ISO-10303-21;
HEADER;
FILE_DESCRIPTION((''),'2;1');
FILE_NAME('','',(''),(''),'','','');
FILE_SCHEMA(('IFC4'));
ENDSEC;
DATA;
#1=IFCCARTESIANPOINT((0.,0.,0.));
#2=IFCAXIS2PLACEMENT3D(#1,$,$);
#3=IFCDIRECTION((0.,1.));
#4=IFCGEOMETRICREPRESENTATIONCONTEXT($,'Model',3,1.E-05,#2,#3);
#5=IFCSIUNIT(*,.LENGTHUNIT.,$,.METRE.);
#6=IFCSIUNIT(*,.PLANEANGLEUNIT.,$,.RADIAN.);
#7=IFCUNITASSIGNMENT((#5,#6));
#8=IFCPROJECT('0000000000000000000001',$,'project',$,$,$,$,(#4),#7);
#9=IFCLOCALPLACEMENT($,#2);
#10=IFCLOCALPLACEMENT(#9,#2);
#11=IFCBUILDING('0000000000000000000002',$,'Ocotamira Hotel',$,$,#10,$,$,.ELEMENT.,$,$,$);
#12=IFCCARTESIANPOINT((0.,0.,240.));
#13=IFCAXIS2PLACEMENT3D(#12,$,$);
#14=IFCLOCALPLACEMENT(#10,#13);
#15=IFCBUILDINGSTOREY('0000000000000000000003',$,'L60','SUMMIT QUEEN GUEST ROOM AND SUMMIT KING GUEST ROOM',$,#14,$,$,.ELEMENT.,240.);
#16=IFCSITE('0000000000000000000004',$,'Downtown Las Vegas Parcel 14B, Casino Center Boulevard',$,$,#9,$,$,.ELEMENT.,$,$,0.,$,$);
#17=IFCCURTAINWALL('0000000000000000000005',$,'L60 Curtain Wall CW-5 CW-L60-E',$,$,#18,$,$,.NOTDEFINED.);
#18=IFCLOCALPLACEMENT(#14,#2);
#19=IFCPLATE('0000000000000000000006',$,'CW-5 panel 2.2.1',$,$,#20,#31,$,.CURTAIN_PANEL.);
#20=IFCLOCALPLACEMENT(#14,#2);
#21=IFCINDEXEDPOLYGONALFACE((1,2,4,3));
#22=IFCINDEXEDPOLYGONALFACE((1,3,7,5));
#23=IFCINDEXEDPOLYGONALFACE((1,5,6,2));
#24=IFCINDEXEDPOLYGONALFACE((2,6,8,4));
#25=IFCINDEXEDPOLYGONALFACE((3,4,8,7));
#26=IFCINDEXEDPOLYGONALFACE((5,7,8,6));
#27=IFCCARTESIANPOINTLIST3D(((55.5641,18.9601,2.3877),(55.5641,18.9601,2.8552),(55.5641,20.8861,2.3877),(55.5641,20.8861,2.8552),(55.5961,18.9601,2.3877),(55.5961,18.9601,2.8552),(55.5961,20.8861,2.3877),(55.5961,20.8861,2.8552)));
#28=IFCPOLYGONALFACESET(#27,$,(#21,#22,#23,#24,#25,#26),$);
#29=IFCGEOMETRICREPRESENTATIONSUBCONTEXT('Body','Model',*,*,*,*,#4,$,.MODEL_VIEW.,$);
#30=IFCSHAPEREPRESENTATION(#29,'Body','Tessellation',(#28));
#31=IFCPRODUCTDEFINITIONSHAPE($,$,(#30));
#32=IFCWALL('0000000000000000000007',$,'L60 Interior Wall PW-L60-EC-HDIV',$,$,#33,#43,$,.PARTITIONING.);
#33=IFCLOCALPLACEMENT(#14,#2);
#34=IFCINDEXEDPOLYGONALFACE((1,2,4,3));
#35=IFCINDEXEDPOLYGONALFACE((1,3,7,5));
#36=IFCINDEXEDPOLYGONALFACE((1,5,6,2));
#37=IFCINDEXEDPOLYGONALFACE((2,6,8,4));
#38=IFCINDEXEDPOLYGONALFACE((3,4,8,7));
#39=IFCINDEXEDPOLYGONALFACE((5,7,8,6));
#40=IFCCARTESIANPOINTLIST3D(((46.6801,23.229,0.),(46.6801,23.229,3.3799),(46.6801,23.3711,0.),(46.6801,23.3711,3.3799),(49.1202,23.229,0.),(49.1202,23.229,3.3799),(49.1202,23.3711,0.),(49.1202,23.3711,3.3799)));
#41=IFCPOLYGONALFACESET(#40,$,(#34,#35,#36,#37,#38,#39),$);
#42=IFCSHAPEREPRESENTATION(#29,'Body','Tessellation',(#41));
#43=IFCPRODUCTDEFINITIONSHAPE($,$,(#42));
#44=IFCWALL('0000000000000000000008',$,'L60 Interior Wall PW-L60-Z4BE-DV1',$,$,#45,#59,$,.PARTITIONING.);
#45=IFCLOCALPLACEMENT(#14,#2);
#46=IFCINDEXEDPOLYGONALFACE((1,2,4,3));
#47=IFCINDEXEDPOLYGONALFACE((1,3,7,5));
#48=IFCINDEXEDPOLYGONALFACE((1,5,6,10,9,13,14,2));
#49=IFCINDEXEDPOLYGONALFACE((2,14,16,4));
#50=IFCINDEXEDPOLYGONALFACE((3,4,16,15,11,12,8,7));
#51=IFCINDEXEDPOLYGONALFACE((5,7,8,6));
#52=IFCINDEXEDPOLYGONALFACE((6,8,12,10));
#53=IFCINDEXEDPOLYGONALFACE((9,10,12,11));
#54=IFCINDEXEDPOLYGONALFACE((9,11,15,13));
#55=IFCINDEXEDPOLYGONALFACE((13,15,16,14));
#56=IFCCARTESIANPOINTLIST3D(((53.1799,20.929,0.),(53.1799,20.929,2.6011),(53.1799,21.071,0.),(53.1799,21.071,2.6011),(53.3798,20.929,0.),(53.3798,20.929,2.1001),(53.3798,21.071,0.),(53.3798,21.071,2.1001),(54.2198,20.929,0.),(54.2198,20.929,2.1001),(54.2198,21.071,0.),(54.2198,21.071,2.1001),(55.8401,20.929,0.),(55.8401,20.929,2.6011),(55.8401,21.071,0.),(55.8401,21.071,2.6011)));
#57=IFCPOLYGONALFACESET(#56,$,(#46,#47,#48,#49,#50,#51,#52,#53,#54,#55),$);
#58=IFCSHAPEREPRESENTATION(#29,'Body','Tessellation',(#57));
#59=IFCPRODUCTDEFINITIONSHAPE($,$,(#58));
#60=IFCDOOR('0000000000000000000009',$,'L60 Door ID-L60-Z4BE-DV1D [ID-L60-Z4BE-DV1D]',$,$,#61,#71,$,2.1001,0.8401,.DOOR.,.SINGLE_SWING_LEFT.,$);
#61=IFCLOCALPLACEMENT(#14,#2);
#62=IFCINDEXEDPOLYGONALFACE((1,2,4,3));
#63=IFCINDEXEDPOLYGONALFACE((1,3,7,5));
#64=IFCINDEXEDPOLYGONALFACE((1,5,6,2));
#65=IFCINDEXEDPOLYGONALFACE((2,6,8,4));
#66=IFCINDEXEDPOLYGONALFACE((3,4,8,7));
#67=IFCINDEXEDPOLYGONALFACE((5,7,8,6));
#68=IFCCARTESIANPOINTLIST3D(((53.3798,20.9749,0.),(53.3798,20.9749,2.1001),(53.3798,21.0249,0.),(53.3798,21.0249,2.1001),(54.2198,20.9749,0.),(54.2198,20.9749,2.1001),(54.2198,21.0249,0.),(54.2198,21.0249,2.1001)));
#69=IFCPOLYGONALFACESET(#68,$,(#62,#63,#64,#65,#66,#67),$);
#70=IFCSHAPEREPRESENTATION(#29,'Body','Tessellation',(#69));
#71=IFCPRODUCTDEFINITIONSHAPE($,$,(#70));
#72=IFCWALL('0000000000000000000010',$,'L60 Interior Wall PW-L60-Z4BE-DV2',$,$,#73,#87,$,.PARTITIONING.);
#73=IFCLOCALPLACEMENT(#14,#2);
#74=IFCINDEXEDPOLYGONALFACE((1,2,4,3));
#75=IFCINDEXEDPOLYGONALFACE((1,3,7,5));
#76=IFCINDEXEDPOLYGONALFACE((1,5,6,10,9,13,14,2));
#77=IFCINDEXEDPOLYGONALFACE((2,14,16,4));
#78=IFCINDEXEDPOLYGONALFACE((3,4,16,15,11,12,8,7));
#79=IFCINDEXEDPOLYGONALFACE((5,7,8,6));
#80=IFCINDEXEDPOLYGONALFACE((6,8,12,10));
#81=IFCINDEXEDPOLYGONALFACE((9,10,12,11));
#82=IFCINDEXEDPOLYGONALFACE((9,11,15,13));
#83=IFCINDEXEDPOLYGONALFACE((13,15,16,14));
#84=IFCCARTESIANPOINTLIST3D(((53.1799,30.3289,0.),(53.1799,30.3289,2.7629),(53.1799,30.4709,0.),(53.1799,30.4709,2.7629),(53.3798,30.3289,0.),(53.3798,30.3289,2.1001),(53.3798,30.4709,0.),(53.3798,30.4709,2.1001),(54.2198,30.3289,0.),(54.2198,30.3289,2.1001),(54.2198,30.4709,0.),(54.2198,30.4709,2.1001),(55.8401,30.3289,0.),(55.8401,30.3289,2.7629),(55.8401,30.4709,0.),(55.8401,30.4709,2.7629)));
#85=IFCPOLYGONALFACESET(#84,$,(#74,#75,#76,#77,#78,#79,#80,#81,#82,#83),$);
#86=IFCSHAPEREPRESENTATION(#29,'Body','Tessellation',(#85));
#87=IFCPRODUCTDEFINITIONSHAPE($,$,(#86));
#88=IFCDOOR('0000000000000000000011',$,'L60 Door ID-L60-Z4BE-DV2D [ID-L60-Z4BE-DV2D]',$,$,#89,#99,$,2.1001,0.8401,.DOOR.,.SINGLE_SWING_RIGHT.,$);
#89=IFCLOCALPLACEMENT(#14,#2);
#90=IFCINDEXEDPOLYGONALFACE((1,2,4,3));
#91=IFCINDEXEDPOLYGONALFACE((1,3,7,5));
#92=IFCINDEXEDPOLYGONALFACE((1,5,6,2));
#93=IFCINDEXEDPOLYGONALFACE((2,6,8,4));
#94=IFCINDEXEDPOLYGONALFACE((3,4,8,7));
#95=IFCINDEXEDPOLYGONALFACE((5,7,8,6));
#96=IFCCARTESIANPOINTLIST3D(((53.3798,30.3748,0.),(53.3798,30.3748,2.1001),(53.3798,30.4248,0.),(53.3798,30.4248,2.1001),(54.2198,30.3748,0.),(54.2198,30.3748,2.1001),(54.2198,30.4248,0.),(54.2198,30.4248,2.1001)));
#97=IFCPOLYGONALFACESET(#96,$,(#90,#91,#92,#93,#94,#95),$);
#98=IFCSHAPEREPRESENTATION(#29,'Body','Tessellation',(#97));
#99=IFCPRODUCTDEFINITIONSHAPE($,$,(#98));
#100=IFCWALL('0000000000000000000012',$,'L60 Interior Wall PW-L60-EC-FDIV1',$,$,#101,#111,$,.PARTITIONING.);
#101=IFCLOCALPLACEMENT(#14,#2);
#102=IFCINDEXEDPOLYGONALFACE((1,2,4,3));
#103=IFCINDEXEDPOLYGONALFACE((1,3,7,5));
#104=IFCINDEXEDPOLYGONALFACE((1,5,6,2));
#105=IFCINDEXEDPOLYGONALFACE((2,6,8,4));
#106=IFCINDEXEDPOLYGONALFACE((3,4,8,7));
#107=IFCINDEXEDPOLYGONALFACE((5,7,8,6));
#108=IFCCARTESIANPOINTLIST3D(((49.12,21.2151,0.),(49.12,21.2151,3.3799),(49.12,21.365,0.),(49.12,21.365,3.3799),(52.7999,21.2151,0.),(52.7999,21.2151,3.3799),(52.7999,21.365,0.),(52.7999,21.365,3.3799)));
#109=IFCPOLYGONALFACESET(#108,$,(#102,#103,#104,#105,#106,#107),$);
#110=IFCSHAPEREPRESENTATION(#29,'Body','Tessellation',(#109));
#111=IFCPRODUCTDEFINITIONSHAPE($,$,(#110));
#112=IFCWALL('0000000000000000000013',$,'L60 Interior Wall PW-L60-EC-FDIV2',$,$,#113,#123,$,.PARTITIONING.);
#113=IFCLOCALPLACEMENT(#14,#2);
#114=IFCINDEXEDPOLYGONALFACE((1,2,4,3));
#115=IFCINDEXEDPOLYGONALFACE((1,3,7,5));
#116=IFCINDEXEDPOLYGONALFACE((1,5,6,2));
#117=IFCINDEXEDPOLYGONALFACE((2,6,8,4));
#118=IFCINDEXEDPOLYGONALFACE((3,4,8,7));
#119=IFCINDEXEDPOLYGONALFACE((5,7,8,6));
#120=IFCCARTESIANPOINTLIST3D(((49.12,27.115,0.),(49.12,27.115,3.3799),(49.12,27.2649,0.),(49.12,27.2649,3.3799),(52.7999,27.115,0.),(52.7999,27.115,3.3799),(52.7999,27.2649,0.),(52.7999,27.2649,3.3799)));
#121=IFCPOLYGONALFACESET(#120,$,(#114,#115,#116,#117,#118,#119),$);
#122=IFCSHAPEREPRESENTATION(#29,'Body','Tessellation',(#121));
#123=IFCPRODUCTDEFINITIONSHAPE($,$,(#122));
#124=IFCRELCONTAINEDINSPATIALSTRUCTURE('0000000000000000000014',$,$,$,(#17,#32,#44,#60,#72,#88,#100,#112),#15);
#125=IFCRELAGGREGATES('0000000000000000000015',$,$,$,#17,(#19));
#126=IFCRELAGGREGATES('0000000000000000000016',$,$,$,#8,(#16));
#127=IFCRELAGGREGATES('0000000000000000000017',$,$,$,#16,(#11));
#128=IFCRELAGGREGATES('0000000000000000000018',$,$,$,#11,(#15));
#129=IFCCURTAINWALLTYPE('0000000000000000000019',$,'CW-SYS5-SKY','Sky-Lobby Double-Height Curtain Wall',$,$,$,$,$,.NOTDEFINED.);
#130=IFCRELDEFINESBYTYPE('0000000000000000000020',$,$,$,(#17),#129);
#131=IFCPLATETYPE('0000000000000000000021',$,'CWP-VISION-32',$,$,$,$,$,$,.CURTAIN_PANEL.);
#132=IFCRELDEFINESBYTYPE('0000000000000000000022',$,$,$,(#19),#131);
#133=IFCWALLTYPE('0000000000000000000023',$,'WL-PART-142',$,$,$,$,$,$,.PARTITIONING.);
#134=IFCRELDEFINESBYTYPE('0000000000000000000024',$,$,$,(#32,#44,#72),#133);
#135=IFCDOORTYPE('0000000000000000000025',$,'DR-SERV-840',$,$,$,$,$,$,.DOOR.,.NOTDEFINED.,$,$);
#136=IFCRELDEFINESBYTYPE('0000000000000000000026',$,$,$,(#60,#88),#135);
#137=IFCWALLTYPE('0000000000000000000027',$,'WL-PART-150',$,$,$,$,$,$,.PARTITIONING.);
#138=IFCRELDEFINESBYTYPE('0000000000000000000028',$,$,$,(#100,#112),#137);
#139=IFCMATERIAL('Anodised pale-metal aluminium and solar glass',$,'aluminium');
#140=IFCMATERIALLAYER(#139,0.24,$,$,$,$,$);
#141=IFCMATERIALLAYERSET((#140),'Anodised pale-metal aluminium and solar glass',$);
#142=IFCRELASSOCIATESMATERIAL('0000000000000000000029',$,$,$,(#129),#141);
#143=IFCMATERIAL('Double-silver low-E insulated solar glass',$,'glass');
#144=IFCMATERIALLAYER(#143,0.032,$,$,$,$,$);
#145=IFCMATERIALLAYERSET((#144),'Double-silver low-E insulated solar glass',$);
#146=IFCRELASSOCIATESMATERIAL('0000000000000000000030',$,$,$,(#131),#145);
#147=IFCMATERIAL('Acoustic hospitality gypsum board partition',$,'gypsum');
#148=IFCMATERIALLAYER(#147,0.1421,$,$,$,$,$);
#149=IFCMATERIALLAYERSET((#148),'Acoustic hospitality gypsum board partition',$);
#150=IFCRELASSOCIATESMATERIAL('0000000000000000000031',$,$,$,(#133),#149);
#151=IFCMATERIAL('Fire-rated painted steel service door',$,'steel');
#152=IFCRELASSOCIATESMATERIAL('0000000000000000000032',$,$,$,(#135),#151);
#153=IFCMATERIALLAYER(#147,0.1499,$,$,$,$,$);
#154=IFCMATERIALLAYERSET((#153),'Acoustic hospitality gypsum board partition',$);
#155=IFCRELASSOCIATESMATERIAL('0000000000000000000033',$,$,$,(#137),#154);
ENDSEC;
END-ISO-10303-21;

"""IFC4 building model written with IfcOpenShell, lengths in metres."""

from ifc_helpers import new_model, si_unit, direction, frame, frame_2d, origin, origin_2d, place, context, subcontext, project, spatial, rectangle, extrude, source, transform, mapped, material, layer, layer_set, type_object, element, fill, aggregate, save


model = new_model("IFC4")

# Units and contexts
model_context = context("Model", 3, precision=1e-05, world=origin(), true_north=direction((0.0, 1.0)))
body_context = subcontext(model_context, "Body", "Model", "MODEL_VIEW")
ifc_project = project(units=[si_unit("LENGTHUNIT", "METRE"), si_unit("PLANEANGLEUNIT", "RADIAN")], contexts=[model_context])

# Site, building, storey
site_placement = place(None, origin())
site = spatial("IfcSite", under=ifc_project, at=site_placement, Name="Downtown Las Vegas Parcel 14B, Casino Center Boulevard", CompositionType="ELEMENT", RefElevation=0.0)
building_placement = place(site_placement, origin())
building = spatial("IfcBuilding", under=site, at=building_placement, Name="Ocotamira Hotel", CompositionType="ELEMENT")
storey_placement = place(building_placement, frame((0.0, 0.0, 240.0)))
storey = spatial("IfcBuildingStorey", under=building, at=storey_placement, Name="L60", Description="SUMMIT QUEEN GUEST ROOM AND SUMMIT KING GUEST ROOM", CompositionType="ELEMENT", Elevation=240.0)

# Curtain wall
ifc_material_1 = material(Name="Anodised pale-metal aluminium and solar glass", Category="aluminium")
ifc_layer_1 = layer(ifc_material_1, 0.24)
ifc_layer_set_1 = layer_set([ifc_layer_1], Name="Anodised pale-metal aluminium and solar glass")
curtain_wall_type = type_object("IfcCurtainWallType", Name="CW-SYS5-SKY", Description="Sky-Lobby Double-Height Curtain Wall", PredefinedType="NOTDEFINED", material=ifc_layer_set_1)
curtain_wall_placement = place(storey_placement, origin())
curtain_wall = element("IfcCurtainWall", 1, at=curtain_wall_placement, inside=storey, type_object=curtain_wall_type, Name="L60 Curtain Wall CW-5 CW-L60-E", PredefinedType="NOTDEFINED")

# Plate
ifc_material_2 = material(Name="Double-silver low-E insulated solar glass", Category="glass")
ifc_layer_2 = layer(ifc_material_2, 0.032)
ifc_layer_set_2 = layer_set([ifc_layer_2], Name="Double-silver low-E insulated solar glass")
plate_type_1 = type_object("IfcPlateType", Name="CWP-VISION-32", PredefinedType="CURTAIN_PANEL", material=ifc_layer_set_2)
shared_shape_1 = source(origin(), body_context, "Body", "SweptSolid", [
    extrude(rectangle(XDim=1.926, YDim=0.032, at=origin_2d()), origin(), (0.0, 0.0, 1.0), 0.4675),
])
plate_1_placement = place(storey_placement, frame((55.5801, 19.9231, 2.3877), z_axis=(0.0, 0.0, 1.0), x_axis=(0.0, 1.0, 0.0)))
plate_1 = element("IfcPlate", 2, at=plate_1_placement, type_object=plate_type_1, Name="CW-5 panel 2.2.1", PredefinedType="CURTAIN_PANEL", context=body_context, shape_type="MappedRepresentation", body=[
    mapped(shared_shape_1, transform((0.0, 0.0, 0.0), scale=1.0)),
])
aggregate(curtain_wall, [plate_1])

# Wall
ifc_material_3 = material(Name="Acoustic hospitality gypsum board partition", Category="gypsum")
ifc_layer_3 = layer(ifc_material_3, 0.1421)
ifc_layer_set_3 = layer_set([ifc_layer_3], Name="Acoustic hospitality gypsum board partition")
wall_type_1 = type_object("IfcWallType", Name="WL-PART-142", PredefinedType="PARTITIONING", material=ifc_layer_set_3)
wall_1_placement = place(storey_placement, frame((46.6799, 23.3, 0.0), z_axis=(0.0, 0.0, 1.0), x_axis=(1.0, 0.0, 0.0)))
element("IfcWall", 3, at=wall_1_placement, inside=storey, type_object=wall_type_1, Name="L60 Interior Wall PW-L60-EC-HDIV", PredefinedType="PARTITIONING", context=body_context, shape_type="SweptSolid", body=[
    extrude(rectangle(XDim=2.4402, YDim=0.1421, at=frame_2d((1.2202, 0.0))), origin(), (0.0, 0.0, 1.0), 3.3799),
])

# Walls, openings, doors
wall_2_placement = place(storey_placement, frame((53.1799, 21.0, 0.0), z_axis=(0.0, 0.0, 1.0), x_axis=(1.0, 0.0, 0.0)))
wall_2 = element("IfcWall", 4, at=wall_2_placement, inside=storey, type_object=wall_type_1, Name="L60 Interior Wall PW-L60-Z4BE-DV1", PredefinedType="PARTITIONING", context=body_context, shape_type="SweptSolid", body=[
    extrude(rectangle(XDim=2.6602, YDim=0.1421, at=frame_2d((1.3301, 0.0))), origin(), (0.0, 0.0, 1.0), 2.6011),
])
opening_1_placement = place(wall_2_placement, frame((0.2, 0.0, 0.0)))
opening_1 = element("IfcOpeningElement", 5, at=opening_1_placement, cuts=wall_2, PredefinedType="OPENING", context=body_context, shape_type="SweptSolid", body=[
    extrude(rectangle(XDim=0.8401, YDim=2.1001, at=frame_2d((0.4199, 1.05))), frame((0.0, 0.0811, 0.0), z_axis=(0.0, -1.0, 0.0), x_axis=(1.0, 0.0, 0.0)), (0.0, 0.0, 1.0), 0.1621),
])
ifc_material_4 = material(Name="Fire-rated painted steel service door", Category="steel")
door_type = type_object("IfcDoorType", Name="DR-SERV-840", OperationType="NOTDEFINED", PredefinedType="DOOR", material=ifc_material_4)
shared_shape_2 = source(origin(), body_context, "Body", "SweptSolid", [
    extrude(rectangle(XDim=0.8401, YDim=2.1001, at=frame_2d((0.4199, 1.05))), frame((0.0, 0.0249, 0.0), z_axis=(0.0, -1.0, 0.0), x_axis=(1.0, 0.0, 0.0)), (0.0, 0.0, 1.0), 0.05),
])
door_1_placement = place(opening_1_placement, origin())
door_1 = element("IfcDoor", 6, at=door_1_placement, inside=storey, type_object=door_type, Name="L60 Door ID-L60-Z4BE-DV1D [ID-L60-Z4BE-DV1D]", OperationType="SINGLE_SWING_LEFT", OverallHeight=2.1001, OverallWidth=0.8401, PredefinedType="DOOR", context=body_context, shape_type="MappedRepresentation", body=[
    mapped(shared_shape_2, transform((0.0, 0.0, 0.0), scale=1.0)),
])
fill(opening_1, door_1)
wall_3_placement = place(storey_placement, frame((53.1799, 30.3999, 0.0), z_axis=(0.0, 0.0, 1.0), x_axis=(1.0, 0.0, 0.0)))
wall_3 = element("IfcWall", 7, at=wall_3_placement, inside=storey, type_object=wall_type_1, Name="L60 Interior Wall PW-L60-Z4BE-DV2", PredefinedType="PARTITIONING", context=body_context, shape_type="SweptSolid", body=[
    extrude(rectangle(XDim=2.6602, YDim=0.1421, at=frame_2d((1.3301, 0.0))), origin(), (0.0, 0.0, 1.0), 2.7629),
])
opening_2_placement = place(wall_3_placement, frame((0.2, 0.0, 0.0)))
opening_2 = element("IfcOpeningElement", 8, at=opening_2_placement, cuts=wall_3, PredefinedType="OPENING", context=body_context, shape_type="SweptSolid", body=[
    extrude(rectangle(XDim=0.8401, YDim=2.1001, at=frame_2d((0.4199, 1.05))), frame((0.0, 0.0811, 0.0), z_axis=(0.0, -1.0, 0.0), x_axis=(1.0, 0.0, 0.0)), (0.0, 0.0, 1.0), 0.1621),
])
door_2_placement = place(opening_2_placement, origin())
door_2 = element("IfcDoor", 9, at=door_2_placement, inside=storey, type_object=door_type, Name="L60 Door ID-L60-Z4BE-DV2D [ID-L60-Z4BE-DV2D]", OperationType="SINGLE_SWING_RIGHT", OverallHeight=2.1001, OverallWidth=0.8401, PredefinedType="DOOR", context=body_context, shape_type="MappedRepresentation", body=[
    mapped(shared_shape_2, transform((0.0, 0.0, 0.0), scale=1.0)),
])
fill(opening_2, door_2)

# Walls
ifc_layer_4 = layer(ifc_material_3, 0.1499)
ifc_layer_set_4 = layer_set([ifc_layer_4], Name="Acoustic hospitality gypsum board partition")
wall_type_2 = type_object("IfcWallType", Name="WL-PART-150", PredefinedType="PARTITIONING", material=ifc_layer_set_4)
for number, where, z_axis, x_axis, name in (
    (10, (49.1201, 21.29, 0.0), (0.0, 0.0, 1.0), (1.0, 0.0, 0.0), "L60 Interior Wall PW-L60-EC-FDIV1"),
    (11, (49.1201, 27.1899, 0.0), (0.0, 0.0, 1.0), (1.0, 0.0, 0.0), "L60 Interior Wall PW-L60-EC-FDIV2"),
):
    element("IfcWall", number, at=place(storey_placement, frame(where, z_axis=z_axis, x_axis=x_axis)), inside=storey, type_object=wall_type_2, Name=name, PredefinedType="PARTITIONING", context=body_context, shape_type="SweptSolid", body=[
        extrude(rectangle(XDim=3.6799, YDim=0.1499, at=frame_2d((1.8398, 0.0))), origin(), (0.0, 0.0, 1.0), 3.3799),
    ])

save(model, "model.ifc")
